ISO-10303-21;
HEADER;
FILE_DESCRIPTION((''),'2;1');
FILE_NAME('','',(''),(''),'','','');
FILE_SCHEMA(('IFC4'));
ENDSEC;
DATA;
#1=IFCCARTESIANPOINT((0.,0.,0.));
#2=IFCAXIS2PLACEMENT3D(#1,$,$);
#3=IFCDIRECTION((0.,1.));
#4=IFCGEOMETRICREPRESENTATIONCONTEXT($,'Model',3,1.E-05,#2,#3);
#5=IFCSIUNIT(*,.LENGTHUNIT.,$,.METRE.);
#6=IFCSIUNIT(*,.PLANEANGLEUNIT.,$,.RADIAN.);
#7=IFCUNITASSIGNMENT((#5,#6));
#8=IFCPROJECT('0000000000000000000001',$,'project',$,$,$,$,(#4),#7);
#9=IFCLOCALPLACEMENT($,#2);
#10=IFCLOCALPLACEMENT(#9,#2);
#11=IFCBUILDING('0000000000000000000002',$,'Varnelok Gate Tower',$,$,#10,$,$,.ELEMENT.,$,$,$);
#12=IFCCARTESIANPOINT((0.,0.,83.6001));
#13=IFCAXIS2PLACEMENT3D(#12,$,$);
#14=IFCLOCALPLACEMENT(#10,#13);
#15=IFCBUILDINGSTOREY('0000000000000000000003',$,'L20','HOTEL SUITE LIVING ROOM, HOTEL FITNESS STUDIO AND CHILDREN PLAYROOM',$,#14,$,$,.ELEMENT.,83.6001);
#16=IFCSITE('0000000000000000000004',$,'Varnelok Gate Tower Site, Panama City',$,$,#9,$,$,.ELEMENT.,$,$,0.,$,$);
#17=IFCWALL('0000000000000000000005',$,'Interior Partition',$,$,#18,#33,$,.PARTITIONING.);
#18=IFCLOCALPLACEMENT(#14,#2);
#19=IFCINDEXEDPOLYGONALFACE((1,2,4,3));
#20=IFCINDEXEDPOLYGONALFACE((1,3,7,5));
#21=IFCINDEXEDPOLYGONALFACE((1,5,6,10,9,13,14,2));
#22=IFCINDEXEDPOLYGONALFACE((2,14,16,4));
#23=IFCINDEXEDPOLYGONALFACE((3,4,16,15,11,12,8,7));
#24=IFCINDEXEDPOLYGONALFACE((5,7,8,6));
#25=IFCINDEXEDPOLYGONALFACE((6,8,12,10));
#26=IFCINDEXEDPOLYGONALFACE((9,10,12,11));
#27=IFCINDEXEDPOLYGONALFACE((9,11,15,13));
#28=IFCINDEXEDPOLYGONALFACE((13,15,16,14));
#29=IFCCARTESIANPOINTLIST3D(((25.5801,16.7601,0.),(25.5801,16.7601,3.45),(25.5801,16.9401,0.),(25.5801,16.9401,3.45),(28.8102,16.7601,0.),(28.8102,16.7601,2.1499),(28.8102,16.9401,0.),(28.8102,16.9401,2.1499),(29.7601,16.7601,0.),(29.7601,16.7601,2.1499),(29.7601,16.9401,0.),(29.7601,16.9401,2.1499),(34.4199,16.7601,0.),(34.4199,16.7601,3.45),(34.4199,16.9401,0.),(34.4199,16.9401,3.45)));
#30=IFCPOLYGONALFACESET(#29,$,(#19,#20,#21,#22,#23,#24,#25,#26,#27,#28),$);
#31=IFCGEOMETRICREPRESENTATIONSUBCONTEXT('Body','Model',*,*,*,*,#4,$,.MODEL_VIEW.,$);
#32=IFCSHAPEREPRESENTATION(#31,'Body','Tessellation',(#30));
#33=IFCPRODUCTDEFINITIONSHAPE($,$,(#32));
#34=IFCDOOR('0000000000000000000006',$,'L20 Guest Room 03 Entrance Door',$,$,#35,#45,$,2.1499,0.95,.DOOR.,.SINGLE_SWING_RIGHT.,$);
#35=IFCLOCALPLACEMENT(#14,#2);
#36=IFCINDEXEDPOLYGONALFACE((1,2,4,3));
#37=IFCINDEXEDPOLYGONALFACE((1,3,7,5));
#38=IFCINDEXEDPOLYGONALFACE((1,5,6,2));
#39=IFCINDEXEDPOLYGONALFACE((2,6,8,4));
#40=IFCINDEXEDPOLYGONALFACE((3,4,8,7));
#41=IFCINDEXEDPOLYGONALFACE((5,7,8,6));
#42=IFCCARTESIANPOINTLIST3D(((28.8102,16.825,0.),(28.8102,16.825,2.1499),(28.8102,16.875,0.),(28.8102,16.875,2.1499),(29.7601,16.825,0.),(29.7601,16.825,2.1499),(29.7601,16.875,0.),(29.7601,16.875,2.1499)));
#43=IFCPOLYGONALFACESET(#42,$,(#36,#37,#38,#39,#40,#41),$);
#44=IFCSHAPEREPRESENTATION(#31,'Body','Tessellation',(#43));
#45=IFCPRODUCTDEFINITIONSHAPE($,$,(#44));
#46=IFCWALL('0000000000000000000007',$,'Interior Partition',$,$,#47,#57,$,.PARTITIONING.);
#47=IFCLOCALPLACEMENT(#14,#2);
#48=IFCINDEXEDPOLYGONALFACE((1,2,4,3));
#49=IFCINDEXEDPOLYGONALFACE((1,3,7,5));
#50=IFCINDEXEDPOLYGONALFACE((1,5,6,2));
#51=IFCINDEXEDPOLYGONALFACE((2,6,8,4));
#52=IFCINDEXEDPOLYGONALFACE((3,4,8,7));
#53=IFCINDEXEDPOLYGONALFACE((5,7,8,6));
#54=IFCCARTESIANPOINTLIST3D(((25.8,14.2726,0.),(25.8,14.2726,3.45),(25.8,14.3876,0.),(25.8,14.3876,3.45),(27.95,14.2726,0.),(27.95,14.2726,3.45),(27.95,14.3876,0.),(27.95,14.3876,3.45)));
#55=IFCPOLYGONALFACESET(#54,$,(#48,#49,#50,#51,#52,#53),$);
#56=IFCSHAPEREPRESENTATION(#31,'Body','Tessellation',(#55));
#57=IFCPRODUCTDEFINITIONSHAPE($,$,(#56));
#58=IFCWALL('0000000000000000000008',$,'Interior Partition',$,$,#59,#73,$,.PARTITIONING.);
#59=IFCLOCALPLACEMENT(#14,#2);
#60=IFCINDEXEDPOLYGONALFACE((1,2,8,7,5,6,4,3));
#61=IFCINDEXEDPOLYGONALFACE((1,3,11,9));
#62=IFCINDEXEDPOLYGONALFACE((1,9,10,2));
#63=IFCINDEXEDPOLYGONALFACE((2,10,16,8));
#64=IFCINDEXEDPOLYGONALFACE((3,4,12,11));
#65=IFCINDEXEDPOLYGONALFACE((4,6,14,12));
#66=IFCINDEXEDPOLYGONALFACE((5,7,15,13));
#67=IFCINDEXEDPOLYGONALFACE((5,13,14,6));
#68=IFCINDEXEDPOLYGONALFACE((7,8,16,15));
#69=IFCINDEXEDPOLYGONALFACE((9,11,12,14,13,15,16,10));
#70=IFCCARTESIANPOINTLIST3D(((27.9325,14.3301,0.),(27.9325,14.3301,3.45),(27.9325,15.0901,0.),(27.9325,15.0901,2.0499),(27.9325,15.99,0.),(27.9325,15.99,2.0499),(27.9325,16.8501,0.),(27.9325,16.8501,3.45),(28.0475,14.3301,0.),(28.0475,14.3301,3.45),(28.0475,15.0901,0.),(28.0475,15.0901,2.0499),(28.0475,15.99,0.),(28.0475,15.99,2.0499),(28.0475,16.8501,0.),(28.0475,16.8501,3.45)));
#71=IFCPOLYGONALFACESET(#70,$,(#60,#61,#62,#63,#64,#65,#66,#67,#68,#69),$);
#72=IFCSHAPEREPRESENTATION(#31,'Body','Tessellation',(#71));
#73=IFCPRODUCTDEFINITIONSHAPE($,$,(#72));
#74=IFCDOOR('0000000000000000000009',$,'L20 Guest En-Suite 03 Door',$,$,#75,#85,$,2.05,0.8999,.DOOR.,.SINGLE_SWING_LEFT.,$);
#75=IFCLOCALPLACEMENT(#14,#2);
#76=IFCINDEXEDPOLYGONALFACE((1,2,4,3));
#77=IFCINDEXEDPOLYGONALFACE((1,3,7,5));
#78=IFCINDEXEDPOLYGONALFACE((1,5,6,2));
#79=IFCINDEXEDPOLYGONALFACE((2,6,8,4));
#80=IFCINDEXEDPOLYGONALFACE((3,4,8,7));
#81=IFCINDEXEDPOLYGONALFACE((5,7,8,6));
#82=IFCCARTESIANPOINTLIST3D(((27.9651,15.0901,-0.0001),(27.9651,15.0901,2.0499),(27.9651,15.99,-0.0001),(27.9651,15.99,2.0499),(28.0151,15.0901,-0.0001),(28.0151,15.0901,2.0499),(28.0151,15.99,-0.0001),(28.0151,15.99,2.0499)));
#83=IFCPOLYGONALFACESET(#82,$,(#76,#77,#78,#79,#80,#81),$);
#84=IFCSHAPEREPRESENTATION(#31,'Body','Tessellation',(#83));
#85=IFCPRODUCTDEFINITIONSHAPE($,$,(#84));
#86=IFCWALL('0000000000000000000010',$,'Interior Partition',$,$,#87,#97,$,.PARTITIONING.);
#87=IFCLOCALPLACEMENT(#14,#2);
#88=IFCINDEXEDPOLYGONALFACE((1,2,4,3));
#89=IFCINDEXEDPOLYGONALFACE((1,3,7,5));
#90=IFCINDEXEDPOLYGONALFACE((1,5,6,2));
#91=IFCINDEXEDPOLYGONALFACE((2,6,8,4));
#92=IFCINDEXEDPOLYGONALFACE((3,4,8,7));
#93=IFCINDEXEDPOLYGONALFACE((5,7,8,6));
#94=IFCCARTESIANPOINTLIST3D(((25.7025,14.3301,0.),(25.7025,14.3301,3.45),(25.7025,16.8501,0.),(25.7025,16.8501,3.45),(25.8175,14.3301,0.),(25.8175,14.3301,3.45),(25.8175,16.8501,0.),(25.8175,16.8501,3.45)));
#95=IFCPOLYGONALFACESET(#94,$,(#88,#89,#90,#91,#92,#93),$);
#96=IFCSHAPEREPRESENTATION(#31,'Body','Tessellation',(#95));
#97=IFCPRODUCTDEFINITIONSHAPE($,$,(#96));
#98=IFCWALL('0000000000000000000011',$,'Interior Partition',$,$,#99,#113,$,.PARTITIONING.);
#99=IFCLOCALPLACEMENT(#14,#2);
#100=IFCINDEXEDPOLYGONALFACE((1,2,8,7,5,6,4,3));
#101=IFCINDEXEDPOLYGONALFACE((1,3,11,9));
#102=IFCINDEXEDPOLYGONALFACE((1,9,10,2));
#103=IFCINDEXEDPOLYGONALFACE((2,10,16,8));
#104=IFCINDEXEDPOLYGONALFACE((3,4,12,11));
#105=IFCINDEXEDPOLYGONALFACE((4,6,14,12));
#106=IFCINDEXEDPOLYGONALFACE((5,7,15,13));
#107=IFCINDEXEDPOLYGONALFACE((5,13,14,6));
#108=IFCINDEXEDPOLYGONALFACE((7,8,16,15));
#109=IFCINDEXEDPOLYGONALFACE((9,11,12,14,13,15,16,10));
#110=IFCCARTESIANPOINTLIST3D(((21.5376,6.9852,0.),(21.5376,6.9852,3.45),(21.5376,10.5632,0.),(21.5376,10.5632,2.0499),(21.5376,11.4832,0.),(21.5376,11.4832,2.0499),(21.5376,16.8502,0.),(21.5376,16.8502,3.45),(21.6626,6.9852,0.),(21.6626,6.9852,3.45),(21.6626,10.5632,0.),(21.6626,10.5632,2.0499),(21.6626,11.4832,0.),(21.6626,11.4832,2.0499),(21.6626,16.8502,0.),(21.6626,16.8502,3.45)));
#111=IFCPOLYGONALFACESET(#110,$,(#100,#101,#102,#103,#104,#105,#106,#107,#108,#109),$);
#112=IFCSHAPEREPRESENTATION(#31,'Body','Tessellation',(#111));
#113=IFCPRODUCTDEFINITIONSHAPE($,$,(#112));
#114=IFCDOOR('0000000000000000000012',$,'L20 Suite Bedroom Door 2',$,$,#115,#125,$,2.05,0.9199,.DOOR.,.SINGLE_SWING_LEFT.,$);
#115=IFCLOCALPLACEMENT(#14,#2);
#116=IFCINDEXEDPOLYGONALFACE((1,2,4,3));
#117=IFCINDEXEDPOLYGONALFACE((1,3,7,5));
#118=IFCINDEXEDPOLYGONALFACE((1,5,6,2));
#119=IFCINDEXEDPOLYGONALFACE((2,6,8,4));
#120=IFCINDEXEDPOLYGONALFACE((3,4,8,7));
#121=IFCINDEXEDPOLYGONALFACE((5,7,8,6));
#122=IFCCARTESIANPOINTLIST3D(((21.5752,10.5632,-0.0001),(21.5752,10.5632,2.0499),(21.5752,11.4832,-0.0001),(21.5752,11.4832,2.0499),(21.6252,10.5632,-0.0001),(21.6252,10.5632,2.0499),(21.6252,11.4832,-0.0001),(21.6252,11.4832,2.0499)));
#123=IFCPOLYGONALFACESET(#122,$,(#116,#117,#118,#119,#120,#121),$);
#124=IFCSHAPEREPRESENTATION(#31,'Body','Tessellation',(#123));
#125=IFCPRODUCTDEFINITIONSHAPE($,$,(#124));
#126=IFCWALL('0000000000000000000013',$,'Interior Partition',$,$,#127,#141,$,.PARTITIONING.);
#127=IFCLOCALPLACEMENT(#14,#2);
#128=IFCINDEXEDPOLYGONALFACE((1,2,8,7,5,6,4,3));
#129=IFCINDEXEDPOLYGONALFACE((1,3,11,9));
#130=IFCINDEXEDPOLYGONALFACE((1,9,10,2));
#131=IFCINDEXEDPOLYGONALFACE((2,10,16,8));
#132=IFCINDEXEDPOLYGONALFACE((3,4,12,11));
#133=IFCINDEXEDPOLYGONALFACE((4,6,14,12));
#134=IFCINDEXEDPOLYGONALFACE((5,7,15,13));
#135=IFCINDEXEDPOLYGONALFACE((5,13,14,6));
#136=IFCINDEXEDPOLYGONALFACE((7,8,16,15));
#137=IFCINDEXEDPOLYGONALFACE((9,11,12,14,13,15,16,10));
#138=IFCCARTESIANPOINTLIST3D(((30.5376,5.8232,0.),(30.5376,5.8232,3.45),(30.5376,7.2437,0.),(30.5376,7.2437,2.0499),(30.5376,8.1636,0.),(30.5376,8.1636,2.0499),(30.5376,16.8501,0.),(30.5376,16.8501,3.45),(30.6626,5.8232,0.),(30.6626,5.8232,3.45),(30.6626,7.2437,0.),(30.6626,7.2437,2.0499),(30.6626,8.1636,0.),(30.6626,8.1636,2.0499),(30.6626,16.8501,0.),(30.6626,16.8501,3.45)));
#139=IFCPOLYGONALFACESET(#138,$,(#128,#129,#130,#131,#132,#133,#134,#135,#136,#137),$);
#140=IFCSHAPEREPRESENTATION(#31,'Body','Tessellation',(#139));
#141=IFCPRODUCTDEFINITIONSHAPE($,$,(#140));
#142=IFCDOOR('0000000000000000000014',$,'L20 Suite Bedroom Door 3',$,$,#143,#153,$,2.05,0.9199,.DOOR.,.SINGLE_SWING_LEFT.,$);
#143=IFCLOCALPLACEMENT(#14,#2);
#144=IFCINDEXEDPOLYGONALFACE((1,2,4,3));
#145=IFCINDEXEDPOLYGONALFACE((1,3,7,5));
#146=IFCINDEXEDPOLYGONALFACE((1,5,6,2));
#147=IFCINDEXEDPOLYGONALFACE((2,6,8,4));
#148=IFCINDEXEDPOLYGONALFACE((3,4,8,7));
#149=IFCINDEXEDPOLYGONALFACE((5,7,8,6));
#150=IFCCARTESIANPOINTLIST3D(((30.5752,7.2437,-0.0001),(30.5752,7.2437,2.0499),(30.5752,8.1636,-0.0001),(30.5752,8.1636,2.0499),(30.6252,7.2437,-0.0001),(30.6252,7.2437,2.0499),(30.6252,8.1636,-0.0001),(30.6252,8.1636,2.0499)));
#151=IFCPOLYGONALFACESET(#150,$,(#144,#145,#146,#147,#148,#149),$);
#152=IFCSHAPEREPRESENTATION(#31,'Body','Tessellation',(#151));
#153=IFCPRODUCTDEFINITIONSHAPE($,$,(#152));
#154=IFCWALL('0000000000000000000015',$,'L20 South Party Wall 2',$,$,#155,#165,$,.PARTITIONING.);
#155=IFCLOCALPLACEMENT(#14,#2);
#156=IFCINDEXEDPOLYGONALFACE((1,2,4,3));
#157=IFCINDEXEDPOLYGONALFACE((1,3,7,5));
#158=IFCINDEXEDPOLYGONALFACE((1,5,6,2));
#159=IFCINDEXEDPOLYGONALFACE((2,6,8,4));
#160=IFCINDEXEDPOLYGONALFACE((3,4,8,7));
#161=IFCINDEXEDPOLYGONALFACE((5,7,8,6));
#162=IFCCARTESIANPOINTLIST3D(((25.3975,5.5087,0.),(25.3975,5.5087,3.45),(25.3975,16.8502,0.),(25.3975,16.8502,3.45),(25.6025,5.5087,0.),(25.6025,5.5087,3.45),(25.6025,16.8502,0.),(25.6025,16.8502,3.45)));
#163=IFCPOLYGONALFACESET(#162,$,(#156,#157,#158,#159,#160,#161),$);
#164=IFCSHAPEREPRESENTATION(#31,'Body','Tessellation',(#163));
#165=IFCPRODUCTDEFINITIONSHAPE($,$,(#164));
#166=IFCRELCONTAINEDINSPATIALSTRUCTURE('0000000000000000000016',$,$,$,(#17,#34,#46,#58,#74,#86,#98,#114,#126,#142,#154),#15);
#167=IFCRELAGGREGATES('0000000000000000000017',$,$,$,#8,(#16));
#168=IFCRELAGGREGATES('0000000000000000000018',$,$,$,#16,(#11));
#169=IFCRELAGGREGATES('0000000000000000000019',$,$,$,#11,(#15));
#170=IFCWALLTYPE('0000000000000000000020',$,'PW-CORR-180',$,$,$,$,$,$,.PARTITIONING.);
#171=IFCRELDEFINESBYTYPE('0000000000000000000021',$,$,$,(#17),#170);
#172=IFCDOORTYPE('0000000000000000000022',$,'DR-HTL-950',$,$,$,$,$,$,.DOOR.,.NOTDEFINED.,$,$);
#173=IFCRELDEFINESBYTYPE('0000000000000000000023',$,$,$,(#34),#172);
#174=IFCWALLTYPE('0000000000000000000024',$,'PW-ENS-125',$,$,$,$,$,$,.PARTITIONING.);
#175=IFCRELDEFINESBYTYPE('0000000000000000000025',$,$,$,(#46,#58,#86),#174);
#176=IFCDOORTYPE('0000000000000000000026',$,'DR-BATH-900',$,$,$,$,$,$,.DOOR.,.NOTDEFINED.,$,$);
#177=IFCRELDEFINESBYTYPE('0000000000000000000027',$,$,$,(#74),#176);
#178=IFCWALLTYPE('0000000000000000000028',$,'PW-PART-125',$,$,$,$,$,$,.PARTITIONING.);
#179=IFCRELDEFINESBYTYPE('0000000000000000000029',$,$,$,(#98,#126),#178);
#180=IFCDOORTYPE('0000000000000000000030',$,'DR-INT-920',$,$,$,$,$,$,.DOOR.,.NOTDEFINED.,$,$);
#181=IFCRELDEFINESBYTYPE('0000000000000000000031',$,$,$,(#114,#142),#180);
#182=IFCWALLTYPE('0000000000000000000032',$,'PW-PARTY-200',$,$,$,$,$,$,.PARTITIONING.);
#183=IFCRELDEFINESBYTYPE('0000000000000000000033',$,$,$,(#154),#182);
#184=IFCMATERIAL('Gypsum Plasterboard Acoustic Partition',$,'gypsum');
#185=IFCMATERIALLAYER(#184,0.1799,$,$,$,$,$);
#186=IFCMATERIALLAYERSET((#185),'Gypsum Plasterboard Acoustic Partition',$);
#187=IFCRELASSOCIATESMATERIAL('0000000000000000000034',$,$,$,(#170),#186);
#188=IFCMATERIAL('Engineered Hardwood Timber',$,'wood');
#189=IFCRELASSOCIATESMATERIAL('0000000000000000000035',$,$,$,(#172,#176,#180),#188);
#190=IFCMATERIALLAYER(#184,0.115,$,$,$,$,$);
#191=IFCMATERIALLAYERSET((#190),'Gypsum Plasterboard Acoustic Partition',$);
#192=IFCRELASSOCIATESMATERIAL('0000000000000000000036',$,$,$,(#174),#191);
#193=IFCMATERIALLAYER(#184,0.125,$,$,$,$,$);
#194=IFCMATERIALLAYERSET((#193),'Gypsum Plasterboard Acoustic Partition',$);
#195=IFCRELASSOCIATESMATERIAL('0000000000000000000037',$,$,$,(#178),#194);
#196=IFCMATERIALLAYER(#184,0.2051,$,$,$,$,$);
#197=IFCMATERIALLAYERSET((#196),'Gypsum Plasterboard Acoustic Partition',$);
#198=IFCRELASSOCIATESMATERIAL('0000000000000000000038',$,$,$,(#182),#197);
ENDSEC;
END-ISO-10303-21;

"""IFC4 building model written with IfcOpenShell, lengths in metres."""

from ifc_helpers import new_model, si_unit, direction, frame, frame_2d, origin, place, context, subcontext, project, spatial, rectangle, extrude, material, layer, layer_set, type_object, element, fill, save


model = new_model("IFC4")

# Units and contexts
model_context = context("Model", 3, precision=1e-05, world=origin(), true_north=direction((0.0, 1.0)))
body_context = subcontext(model_context, "Body", "Model", "MODEL_VIEW")
ifc_project = project(units=[si_unit("LENGTHUNIT", "METRE"), si_unit("PLANEANGLEUNIT", "RADIAN")], contexts=[model_context])

# Site, building, storey
site_placement = place(None, origin())
site = spatial("IfcSite", under=ifc_project, at=site_placement, Name="Varnelok Gate Tower Site, Panama City", CompositionType="ELEMENT", RefElevation=0.0)
building_placement = place(site_placement, origin())
building = spatial("IfcBuilding", under=site, at=building_placement, Name="Varnelok Gate Tower", CompositionType="ELEMENT")
storey_placement = place(building_placement, frame((0.0, 0.0, 83.6001)))
storey = spatial("IfcBuildingStorey", under=building, at=storey_placement, Name="L20", Description="HOTEL SUITE LIVING ROOM, HOTEL FITNESS STUDIO AND CHILDREN PLAYROOM", CompositionType="ELEMENT", Elevation=83.6001)

# Wall, opening, door
ifc_material_1 = material(Name="Gypsum Plasterboard Acoustic Partition", Category="gypsum")
ifc_layer_1 = layer(ifc_material_1, 0.1799)
ifc_layer_set_1 = layer_set([ifc_layer_1], Name="Gypsum Plasterboard Acoustic Partition")
wall_type_1 = type_object("IfcWallType", Name="PW-CORR-180", PredefinedType="PARTITIONING", material=ifc_layer_set_1)
wall_1_placement = place(storey_placement, frame((25.5801, 16.8501, 0.0), z_axis=(0.0, 0.0, 1.0), x_axis=(1.0, 0.0, 0.0)))
wall_1 = element("IfcWall", 1, at=wall_1_placement, inside=storey, type_object=wall_type_1, Name="Interior Partition", PredefinedType="PARTITIONING", context=body_context, shape_type="SweptSolid", body=[
    extrude(rectangle(XDim=8.8398, YDim=0.1799, at=frame_2d((4.4199, 0.0))), origin(), (0.0, 0.0, 1.0), 3.45),
])
opening_1_placement = place(wall_1_placement, frame((3.23, 0.0, 0.0)))
opening_1 = element("IfcOpeningElement", 2, at=opening_1_placement, cuts=wall_1, PredefinedType="OPENING", context=body_context, shape_type="SweptSolid", body=[
    extrude(rectangle(XDim=0.95, YDim=2.1499, at=frame_2d((0.4751, 1.075))), frame((0.0, 0.0999, 0.0), z_axis=(0.0, -1.0, 0.0), x_axis=(1.0, 0.0, 0.0)), (0.0, 0.0, 1.0), 0.2),
])
ifc_material_2 = material(Name="Engineered Hardwood Timber", Category="wood")
door_type_1 = type_object("IfcDoorType", Name="DR-HTL-950", OperationType="NOTDEFINED", PredefinedType="DOOR", material=ifc_material_2)
door_1_placement = place(opening_1_placement, origin())
door_1 = element("IfcDoor", 3, at=door_1_placement, inside=storey, type_object=door_type_1, Name="L20 Guest Room 03 Entrance Door", OperationType="SINGLE_SWING_RIGHT", OverallHeight=2.1499, OverallWidth=0.95, PredefinedType="DOOR", context=body_context, shape_type="SweptSolid", body=[
    extrude(rectangle(XDim=0.95, YDim=2.1499, at=frame_2d((0.4751, 1.075))), frame((0.0, 0.0249, 0.0), z_axis=(0.0, -1.0, 0.0), x_axis=(1.0, 0.0, 0.0)), (0.0, 0.0, 1.0), 0.05),
])
fill(opening_1, door_1)

# Wall
ifc_layer_2 = layer(ifc_material_1, 0.115)
ifc_layer_set_2 = layer_set([ifc_layer_2], Name="Gypsum Plasterboard Acoustic Partition")
wall_type_2 = type_object("IfcWallType", Name="PW-ENS-125", PredefinedType="PARTITIONING", material=ifc_layer_set_2)
wall_2_placement = place(storey_placement, frame((25.8, 14.3301, 0.0), z_axis=(0.0, 0.0, 1.0), x_axis=(1.0, 0.0, 0.0)))
element("IfcWall", 4, at=wall_2_placement, inside=storey, type_object=wall_type_2, Name="Interior Partition", PredefinedType="PARTITIONING", context=body_context, shape_type="SweptSolid", body=[
    extrude(rectangle(XDim=2.1499, YDim=0.115, at=frame_2d((1.075, 0.0))), origin(), (0.0, 0.0, 1.0), 3.45),
])

# Wall, opening, door
wall_3_placement = place(storey_placement, frame((27.99, 14.3301, 0.0), z_axis=(0.0, 0.0, 1.0), x_axis=(0.0, 1.0, 0.0)))
wall_3 = element("IfcWall", 5, at=wall_3_placement, inside=storey, type_object=wall_type_2, Name="Interior Partition", PredefinedType="PARTITIONING", context=body_context, shape_type="SweptSolid", body=[
    extrude(rectangle(XDim=2.52, YDim=0.115, at=frame_2d((1.26, 0.0))), origin(), (0.0, 0.0, 1.0), 3.45),
])
opening_2_placement = place(wall_3_placement, frame((0.76, 0.0, 0.0)))
opening_2 = element("IfcOpeningElement", 6, at=opening_2_placement, cuts=wall_3, PredefinedType="OPENING", context=body_context, shape_type="SweptSolid", body=[
    extrude(rectangle(XDim=0.8999, YDim=2.05, at=frame_2d((0.45, 1.0249))), frame((0.0, 0.0674, 0.0), z_axis=(0.0, -1.0, 0.0), x_axis=(1.0, 0.0, 0.0)), (0.0, 0.0, 1.0), 0.135),
])
door_type_2 = type_object("IfcDoorType", Name="DR-BATH-900", OperationType="NOTDEFINED", PredefinedType="DOOR", material=ifc_material_2)
door_2_placement = place(opening_2_placement, origin())
door_2 = element("IfcDoor", 7, at=door_2_placement, inside=storey, type_object=door_type_2, Name="L20 Guest En-Suite 03 Door", OperationType="SINGLE_SWING_LEFT", OverallHeight=2.05, OverallWidth=0.8999, PredefinedType="DOOR", context=body_context, shape_type="SweptSolid", body=[
    extrude(rectangle(XDim=0.8999, YDim=2.05, at=frame_2d((0.45, 1.0249))), frame((0.0, 0.0249, 0.0), z_axis=(0.0, -1.0, 0.0), x_axis=(1.0, 0.0, 0.0)), (0.0, 0.0, 1.0), 0.05),
])
fill(opening_2, door_2)

# Wall
wall_4_placement = place(storey_placement, frame((25.76, 14.3301, 0.0), z_axis=(0.0, 0.0, 1.0), x_axis=(0.0, 1.0, 0.0)))
element("IfcWall", 8, at=wall_4_placement, inside=storey, type_object=wall_type_2, Name="Interior Partition", PredefinedType="PARTITIONING", context=body_context, shape_type="SweptSolid", body=[
    extrude(rectangle(XDim=2.52, YDim=0.115, at=frame_2d((1.26, 0.0))), origin(), (0.0, 0.0, 1.0), 3.45),
])

# Walls, openings, doors
ifc_layer_3 = layer(ifc_material_1, 0.125)
ifc_layer_set_3 = layer_set([ifc_layer_3], Name="Gypsum Plasterboard Acoustic Partition")
wall_type_3 = type_object("IfcWallType", Name="PW-PART-125", PredefinedType="PARTITIONING", material=ifc_layer_set_3)
wall_5_placement = place(storey_placement, frame((21.6001, 6.9851, 0.0), z_axis=(0.0, 0.0, 1.0), x_axis=(0.0, 1.0, 0.0)))
wall_5 = element("IfcWall", 9, at=wall_5_placement, inside=storey, type_object=wall_type_3, Name="Interior Partition", PredefinedType="PARTITIONING", context=body_context, shape_type="SweptSolid", body=[
    extrude(rectangle(XDim=9.865, YDim=0.125, at=frame_2d((4.9326, 0.0))), origin(), (0.0, 0.0, 1.0), 3.45),
])
opening_3_placement = place(wall_5_placement, frame((3.5781, 0.0, 0.0)))
opening_3 = element("IfcOpeningElement", 10, at=opening_3_placement, cuts=wall_5, PredefinedType="OPENING", context=body_context, shape_type="SweptSolid", body=[
    extrude(rectangle(XDim=0.9199, YDim=2.05, at=frame_2d((0.46, 1.0249))), frame((0.0, 0.0725, 0.0), z_axis=(0.0, -1.0, 0.0), x_axis=(1.0, 0.0, 0.0)), (0.0, 0.0, 1.0), 0.145),
])
door_type_3 = type_object("IfcDoorType", Name="DR-INT-920", OperationType="NOTDEFINED", PredefinedType="DOOR", material=ifc_material_2)
door_3_placement = place(opening_3_placement, origin())
door_3 = element("IfcDoor", 11, at=door_3_placement, inside=storey, type_object=door_type_3, Name="L20 Suite Bedroom Door 2", OperationType="SINGLE_SWING_LEFT", OverallHeight=2.05, OverallWidth=0.9199, PredefinedType="DOOR", context=body_context, shape_type="SweptSolid", body=[
    extrude(rectangle(XDim=0.9199, YDim=2.05, at=frame_2d((0.46, 1.0249))), frame((0.0, 0.0249, 0.0), z_axis=(0.0, -1.0, 0.0), x_axis=(1.0, 0.0, 0.0)), (0.0, 0.0, 1.0), 0.05),
])
fill(opening_3, door_3)
wall_6_placement = place(storey_placement, frame((30.6001, 5.8232, 0.0), z_axis=(0.0, 0.0, 1.0), x_axis=(0.0, 1.0, 0.0)))
wall_6 = element("IfcWall", 12, at=wall_6_placement, inside=storey, type_object=wall_type_3, Name="Interior Partition", PredefinedType="PARTITIONING", context=body_context, shape_type="SweptSolid", body=[
    extrude(rectangle(XDim=11.0269, YDim=0.125, at=frame_2d((5.5134, 0.0))), origin(), (0.0, 0.0, 1.0), 3.45),
])
opening_4_placement = place(wall_6_placement, frame((1.4204, 0.0, 0.0)))
opening_4 = element("IfcOpeningElement", 13, at=opening_4_placement, cuts=wall_6, PredefinedType="OPENING", context=body_context, shape_type="SweptSolid", body=[
    extrude(rectangle(XDim=0.9199, YDim=2.05, at=frame_2d((0.46, 1.0249))), frame((0.0, 0.0725, 0.0), z_axis=(0.0, -1.0, 0.0), x_axis=(1.0, 0.0, 0.0)), (0.0, 0.0, 1.0), 0.145),
])
door_4_placement = place(opening_4_placement, origin())
door_4 = element("IfcDoor", 14, at=door_4_placement, inside=storey, type_object=door_type_3, Name="L20 Suite Bedroom Door 3", OperationType="SINGLE_SWING_LEFT", OverallHeight=2.05, OverallWidth=0.9199, PredefinedType="DOOR", context=body_context, shape_type="SweptSolid", body=[
    extrude(rectangle(XDim=0.9199, YDim=2.05, at=frame_2d((0.46, 1.0249))), frame((0.0, 0.0249, 0.0), z_axis=(0.0, -1.0, 0.0), x_axis=(1.0, 0.0, 0.0)), (0.0, 0.0, 1.0), 0.05),
])
fill(opening_4, door_4)

# Wall
ifc_layer_4 = layer(ifc_material_1, 0.2051)
ifc_layer_set_4 = layer_set([ifc_layer_4], Name="Gypsum Plasterboard Acoustic Partition")
wall_type_4 = type_object("IfcWallType", Name="PW-PARTY-200", PredefinedType="PARTITIONING", material=ifc_layer_set_4)
wall_7_placement = place(storey_placement, frame((25.5, 5.5085, 0.0), z_axis=(0.0, 0.0, 1.0), x_axis=(0.0, 1.0, 0.0)))
element("IfcWall", 15, at=wall_7_placement, inside=storey, type_object=wall_type_4, Name="L20 South Party Wall 2", PredefinedType="PARTITIONING", context=body_context, shape_type="SweptSolid", body=[
    extrude(rectangle(XDim=11.3416, YDim=0.2051, at=frame_2d((5.6709, 0.0))), origin(), (0.0, 0.0, 1.0), 3.45),
])

save(model, "model.ifc")
